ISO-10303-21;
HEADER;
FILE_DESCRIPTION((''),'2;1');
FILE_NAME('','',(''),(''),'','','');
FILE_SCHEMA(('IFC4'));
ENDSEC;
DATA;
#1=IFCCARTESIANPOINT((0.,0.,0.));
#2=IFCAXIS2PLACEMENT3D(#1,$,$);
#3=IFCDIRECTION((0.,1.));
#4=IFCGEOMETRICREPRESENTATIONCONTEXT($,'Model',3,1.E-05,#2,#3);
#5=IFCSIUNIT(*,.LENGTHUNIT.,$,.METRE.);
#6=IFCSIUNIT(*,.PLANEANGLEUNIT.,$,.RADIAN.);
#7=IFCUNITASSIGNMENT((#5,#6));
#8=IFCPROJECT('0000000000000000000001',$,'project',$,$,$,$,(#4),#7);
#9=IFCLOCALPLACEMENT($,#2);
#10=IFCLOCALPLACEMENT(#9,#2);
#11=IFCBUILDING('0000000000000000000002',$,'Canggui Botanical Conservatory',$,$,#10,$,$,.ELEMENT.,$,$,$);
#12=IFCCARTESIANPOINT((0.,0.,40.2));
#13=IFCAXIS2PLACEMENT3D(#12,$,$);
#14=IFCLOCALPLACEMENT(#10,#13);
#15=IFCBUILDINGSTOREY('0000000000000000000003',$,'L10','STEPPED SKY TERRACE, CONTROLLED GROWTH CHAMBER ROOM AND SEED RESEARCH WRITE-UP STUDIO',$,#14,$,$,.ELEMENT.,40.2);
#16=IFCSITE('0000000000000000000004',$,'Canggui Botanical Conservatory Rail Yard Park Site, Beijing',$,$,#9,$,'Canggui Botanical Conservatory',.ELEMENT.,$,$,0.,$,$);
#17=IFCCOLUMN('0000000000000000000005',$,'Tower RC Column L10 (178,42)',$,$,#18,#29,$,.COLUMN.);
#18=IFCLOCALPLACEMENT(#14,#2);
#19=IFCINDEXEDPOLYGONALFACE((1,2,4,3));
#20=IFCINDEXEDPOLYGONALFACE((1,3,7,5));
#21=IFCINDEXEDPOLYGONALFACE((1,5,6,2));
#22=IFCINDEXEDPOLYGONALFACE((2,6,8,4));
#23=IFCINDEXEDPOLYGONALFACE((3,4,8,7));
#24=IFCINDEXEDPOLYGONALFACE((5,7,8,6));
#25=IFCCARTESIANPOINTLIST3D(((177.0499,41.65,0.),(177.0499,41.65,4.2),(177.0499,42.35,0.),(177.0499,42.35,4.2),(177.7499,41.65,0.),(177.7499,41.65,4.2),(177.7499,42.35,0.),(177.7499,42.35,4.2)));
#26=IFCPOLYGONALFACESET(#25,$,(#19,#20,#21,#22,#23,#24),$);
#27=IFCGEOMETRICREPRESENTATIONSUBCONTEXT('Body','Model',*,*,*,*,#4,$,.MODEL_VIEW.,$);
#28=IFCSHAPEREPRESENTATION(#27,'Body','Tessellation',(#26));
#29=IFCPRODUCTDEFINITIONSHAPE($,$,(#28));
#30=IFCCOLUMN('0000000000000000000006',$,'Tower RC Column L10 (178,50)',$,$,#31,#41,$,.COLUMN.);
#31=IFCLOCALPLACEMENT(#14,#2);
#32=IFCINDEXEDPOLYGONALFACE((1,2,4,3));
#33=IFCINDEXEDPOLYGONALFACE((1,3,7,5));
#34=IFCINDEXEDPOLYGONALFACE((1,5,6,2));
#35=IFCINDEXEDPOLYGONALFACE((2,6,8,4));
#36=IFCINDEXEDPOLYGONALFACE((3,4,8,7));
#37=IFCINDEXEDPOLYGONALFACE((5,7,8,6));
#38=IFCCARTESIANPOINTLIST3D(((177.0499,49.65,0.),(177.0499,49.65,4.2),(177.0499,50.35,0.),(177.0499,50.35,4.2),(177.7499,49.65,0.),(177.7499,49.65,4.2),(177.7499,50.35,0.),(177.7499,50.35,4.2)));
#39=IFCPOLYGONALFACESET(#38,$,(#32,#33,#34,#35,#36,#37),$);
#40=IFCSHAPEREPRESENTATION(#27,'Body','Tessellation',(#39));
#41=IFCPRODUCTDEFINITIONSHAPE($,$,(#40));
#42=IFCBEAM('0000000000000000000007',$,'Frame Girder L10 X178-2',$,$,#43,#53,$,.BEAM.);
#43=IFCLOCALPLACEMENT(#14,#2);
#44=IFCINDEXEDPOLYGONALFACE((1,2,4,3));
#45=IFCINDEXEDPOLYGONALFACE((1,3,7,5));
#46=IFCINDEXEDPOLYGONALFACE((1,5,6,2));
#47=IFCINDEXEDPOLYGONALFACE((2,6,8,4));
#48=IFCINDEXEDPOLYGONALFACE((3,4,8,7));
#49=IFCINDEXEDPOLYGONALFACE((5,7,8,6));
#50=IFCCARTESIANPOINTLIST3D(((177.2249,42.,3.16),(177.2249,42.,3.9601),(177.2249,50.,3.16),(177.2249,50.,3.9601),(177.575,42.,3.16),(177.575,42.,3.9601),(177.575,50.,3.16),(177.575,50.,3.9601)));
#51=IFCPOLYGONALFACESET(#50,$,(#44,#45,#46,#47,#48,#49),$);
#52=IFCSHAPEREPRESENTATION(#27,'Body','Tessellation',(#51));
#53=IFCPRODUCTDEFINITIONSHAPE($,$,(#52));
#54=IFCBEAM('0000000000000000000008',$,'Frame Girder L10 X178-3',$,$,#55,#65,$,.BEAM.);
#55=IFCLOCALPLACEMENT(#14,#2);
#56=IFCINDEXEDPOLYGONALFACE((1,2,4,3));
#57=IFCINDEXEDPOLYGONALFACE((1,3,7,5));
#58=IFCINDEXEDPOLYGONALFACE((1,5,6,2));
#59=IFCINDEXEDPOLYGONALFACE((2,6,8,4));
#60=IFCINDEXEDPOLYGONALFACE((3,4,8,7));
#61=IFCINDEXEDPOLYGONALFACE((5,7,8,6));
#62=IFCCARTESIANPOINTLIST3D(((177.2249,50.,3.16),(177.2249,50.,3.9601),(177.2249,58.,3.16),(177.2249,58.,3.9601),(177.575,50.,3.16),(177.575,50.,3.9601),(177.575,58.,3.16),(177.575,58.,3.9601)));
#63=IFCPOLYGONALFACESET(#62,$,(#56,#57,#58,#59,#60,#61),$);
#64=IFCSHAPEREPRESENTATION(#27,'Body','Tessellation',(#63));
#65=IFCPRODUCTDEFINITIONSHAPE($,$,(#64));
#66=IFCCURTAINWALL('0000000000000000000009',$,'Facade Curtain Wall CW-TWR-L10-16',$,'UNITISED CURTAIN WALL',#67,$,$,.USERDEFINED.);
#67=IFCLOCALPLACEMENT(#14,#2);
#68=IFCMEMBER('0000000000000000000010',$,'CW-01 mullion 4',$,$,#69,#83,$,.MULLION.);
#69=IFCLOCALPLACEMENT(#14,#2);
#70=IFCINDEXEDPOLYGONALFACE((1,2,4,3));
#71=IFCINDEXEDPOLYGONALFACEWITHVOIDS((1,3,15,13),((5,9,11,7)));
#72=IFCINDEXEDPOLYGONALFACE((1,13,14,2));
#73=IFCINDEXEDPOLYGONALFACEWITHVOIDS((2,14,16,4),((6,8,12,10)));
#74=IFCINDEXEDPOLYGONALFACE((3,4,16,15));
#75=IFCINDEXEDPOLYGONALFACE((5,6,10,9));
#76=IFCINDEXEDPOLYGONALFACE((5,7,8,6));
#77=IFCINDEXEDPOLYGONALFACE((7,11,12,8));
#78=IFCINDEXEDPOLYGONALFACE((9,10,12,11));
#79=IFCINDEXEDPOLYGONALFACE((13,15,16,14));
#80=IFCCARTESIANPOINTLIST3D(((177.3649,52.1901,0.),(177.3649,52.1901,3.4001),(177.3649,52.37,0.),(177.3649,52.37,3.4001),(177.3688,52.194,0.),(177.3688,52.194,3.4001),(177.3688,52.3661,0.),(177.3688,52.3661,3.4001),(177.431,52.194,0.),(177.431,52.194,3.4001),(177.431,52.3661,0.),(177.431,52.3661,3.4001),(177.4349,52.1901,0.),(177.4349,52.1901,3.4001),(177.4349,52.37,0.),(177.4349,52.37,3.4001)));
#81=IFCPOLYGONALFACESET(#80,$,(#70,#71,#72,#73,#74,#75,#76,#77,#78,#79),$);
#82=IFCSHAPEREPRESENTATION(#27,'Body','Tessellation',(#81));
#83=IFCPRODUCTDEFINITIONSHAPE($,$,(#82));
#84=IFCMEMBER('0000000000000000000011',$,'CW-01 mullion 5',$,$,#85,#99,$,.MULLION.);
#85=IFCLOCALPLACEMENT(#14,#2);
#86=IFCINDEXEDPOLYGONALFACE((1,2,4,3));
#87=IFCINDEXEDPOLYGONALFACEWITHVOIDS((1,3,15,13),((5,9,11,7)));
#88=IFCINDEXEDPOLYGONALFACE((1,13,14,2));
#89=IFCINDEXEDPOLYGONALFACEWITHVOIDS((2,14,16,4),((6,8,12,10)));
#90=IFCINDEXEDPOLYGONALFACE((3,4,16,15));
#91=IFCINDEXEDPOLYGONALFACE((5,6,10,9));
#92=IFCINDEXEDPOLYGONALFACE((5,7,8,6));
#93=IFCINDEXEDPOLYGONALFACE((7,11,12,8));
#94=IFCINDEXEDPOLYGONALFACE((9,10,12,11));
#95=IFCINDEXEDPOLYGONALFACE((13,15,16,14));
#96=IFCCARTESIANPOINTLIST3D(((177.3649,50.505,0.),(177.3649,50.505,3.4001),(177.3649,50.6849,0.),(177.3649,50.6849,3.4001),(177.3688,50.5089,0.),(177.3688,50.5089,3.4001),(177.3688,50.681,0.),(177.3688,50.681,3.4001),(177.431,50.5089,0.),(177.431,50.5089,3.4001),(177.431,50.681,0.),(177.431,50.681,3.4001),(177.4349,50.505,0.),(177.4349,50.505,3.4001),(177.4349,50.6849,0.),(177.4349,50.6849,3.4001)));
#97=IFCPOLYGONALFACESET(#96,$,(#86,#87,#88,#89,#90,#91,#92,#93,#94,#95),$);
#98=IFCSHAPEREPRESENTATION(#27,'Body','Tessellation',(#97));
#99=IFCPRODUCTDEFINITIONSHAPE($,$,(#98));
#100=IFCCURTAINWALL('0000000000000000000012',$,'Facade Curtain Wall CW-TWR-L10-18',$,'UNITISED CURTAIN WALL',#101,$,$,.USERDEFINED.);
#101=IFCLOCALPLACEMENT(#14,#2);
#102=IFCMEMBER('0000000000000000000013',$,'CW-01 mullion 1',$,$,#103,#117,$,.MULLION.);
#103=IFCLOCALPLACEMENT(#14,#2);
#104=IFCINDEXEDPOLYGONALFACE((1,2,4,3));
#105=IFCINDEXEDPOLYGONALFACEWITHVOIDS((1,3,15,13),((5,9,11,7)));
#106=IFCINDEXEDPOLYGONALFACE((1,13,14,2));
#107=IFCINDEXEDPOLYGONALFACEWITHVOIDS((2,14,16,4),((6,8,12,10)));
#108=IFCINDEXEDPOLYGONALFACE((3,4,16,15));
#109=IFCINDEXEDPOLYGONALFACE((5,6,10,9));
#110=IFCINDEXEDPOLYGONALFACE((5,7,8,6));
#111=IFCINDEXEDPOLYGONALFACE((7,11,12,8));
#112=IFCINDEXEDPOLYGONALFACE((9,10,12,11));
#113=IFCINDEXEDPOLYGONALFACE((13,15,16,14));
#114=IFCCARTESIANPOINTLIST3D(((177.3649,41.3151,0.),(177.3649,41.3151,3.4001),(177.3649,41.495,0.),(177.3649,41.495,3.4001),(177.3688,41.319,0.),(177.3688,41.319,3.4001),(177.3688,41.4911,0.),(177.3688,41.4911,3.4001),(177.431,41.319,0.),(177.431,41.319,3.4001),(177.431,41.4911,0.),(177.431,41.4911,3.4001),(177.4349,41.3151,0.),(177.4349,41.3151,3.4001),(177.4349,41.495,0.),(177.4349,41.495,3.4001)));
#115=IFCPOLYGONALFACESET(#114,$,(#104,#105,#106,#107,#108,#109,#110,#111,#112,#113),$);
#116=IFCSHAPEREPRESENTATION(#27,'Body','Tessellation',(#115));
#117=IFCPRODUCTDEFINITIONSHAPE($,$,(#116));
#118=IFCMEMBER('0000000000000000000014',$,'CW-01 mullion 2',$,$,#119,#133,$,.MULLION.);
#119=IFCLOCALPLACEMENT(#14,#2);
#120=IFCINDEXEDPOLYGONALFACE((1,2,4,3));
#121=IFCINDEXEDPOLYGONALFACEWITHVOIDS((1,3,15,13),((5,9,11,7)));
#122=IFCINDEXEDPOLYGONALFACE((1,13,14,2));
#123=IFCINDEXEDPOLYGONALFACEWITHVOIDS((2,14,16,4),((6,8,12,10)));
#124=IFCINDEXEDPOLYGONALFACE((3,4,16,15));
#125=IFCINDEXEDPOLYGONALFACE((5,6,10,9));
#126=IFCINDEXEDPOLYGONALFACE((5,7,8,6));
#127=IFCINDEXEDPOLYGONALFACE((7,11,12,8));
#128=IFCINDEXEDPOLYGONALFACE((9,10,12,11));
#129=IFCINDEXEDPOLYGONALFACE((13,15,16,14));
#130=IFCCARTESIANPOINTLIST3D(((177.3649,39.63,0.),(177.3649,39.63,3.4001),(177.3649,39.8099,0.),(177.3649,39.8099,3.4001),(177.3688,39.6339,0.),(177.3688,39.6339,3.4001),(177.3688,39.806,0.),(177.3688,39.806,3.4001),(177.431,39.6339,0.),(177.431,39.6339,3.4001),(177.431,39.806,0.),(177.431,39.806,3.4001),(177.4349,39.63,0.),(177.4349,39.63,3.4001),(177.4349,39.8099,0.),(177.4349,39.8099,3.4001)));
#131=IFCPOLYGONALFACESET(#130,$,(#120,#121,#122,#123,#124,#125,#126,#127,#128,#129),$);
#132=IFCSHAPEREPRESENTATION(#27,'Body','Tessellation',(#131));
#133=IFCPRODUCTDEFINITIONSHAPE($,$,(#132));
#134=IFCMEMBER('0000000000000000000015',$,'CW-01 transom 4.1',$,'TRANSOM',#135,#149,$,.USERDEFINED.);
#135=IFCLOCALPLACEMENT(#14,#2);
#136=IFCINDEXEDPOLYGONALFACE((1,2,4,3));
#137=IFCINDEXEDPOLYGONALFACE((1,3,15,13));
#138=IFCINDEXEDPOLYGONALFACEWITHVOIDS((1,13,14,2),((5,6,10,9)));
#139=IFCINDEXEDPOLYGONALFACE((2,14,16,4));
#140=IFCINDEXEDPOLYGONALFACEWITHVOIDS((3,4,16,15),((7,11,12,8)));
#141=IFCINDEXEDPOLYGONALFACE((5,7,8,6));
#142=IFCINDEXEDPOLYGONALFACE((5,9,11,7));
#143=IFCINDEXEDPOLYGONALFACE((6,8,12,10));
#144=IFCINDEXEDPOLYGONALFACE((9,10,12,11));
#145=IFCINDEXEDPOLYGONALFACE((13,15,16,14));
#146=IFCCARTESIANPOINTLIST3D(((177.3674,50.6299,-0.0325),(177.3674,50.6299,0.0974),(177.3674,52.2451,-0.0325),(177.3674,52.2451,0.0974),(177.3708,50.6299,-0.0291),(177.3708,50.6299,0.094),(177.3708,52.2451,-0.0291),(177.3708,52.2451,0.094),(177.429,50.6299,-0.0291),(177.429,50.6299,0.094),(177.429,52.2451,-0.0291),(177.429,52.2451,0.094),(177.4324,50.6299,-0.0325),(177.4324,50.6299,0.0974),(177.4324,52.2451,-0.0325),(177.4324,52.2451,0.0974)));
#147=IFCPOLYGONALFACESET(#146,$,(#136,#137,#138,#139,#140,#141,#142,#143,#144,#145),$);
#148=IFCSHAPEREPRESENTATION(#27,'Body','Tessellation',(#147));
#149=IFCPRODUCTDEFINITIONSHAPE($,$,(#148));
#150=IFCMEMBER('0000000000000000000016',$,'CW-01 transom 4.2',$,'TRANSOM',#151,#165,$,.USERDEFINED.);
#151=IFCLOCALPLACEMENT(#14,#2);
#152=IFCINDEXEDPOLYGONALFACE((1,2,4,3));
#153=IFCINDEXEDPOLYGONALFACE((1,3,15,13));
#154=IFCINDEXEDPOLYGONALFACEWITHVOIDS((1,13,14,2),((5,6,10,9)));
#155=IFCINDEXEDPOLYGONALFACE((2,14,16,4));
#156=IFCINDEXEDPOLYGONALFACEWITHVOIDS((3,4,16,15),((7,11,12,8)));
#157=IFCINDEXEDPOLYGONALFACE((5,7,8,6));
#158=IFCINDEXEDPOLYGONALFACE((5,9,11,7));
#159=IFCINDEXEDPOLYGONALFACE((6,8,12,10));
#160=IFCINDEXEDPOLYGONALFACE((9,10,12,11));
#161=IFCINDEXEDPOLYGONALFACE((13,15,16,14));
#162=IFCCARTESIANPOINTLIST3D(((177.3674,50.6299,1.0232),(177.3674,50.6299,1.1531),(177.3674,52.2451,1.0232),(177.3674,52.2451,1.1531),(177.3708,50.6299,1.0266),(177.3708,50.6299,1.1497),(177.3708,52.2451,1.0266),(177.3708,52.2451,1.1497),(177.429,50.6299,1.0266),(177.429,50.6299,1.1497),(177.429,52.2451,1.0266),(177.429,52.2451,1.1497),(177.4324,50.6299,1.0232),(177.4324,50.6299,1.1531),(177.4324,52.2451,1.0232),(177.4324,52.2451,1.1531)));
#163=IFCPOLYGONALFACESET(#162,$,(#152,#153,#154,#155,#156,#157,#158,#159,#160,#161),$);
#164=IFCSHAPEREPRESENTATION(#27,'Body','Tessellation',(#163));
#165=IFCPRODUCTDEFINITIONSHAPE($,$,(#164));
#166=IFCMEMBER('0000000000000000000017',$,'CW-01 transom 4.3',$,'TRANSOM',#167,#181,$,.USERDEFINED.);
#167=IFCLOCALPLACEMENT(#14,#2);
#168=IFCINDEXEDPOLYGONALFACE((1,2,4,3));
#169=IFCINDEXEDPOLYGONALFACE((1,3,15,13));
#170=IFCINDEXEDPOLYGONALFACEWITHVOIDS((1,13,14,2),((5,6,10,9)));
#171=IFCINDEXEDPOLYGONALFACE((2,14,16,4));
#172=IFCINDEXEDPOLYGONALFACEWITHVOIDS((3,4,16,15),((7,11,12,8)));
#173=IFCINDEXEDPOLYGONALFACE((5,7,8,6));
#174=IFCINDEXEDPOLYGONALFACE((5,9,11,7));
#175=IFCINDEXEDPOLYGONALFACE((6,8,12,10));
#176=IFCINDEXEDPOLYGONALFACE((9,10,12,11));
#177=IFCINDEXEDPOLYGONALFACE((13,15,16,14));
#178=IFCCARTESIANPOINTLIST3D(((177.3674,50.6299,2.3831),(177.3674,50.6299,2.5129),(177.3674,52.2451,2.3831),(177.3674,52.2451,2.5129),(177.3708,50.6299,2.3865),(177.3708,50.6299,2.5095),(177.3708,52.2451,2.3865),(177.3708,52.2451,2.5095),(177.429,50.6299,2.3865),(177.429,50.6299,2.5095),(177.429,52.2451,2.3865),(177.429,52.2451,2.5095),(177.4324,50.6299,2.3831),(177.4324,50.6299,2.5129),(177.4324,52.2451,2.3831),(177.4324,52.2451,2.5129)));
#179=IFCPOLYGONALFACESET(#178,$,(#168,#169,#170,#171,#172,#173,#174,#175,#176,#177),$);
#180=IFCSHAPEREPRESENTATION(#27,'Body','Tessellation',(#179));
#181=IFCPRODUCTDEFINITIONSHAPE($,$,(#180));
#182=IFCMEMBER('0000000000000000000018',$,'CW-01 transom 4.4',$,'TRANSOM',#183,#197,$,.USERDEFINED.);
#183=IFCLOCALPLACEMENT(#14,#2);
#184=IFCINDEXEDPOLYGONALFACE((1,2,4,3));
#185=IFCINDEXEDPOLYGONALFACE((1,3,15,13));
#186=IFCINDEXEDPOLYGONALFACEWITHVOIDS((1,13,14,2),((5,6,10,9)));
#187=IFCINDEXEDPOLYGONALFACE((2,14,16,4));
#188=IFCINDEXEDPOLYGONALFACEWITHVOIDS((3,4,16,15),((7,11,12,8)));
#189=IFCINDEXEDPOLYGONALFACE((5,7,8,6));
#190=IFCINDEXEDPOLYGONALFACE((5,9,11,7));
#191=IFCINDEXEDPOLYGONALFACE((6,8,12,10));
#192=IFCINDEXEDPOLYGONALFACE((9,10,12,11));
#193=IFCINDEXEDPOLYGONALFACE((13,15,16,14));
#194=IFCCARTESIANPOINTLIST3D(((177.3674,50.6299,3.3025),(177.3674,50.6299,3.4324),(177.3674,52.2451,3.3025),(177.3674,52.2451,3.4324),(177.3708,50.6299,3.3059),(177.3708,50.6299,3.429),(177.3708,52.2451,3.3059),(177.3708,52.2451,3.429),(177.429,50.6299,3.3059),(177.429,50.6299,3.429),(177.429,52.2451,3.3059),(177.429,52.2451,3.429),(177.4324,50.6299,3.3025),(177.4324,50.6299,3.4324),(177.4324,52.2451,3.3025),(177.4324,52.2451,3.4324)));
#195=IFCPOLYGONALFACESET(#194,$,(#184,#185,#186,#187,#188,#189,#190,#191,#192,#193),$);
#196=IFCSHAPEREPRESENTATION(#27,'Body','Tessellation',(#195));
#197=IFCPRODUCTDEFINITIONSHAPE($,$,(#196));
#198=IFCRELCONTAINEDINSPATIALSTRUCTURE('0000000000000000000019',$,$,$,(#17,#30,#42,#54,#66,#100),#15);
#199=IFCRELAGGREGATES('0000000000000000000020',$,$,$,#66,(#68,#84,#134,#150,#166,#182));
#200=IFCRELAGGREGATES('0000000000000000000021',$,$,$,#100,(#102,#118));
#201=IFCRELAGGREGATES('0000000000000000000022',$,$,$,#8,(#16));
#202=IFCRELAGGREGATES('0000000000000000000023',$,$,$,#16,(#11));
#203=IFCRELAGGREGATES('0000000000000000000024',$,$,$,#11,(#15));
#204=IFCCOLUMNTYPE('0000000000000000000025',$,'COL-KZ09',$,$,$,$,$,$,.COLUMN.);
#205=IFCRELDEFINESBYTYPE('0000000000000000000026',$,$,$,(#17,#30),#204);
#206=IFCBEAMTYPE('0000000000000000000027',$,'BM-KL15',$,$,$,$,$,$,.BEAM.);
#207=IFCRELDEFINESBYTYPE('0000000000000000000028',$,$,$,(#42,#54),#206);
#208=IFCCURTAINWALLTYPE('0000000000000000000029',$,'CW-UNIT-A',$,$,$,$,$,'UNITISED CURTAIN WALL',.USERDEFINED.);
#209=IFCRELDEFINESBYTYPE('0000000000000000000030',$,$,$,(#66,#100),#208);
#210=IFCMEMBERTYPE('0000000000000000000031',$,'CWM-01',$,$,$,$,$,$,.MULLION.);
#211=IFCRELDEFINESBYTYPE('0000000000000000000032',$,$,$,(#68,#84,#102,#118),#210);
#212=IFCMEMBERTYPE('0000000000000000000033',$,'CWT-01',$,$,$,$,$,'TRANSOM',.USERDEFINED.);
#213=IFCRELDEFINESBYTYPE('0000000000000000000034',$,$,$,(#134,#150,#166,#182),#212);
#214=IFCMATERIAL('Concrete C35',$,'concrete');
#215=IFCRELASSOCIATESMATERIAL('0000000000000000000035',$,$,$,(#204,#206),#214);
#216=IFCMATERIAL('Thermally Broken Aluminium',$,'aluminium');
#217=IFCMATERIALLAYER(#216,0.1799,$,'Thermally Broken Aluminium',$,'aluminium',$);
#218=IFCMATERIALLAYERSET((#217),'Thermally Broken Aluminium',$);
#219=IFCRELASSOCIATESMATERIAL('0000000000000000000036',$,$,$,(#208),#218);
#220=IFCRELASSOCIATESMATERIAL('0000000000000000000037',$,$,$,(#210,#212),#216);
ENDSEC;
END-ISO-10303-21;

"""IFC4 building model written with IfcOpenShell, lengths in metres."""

from ifc_helpers import new_model, si_unit, direction, frame, origin, origin_2d, place, context, subcontext, project, spatial, rectangle, hollow_rectangle, extrude, material, layer, layer_set, material_profile, profile_set, type_object, element, aggregate, save


model = new_model("IFC4")

# Units and contexts
model_context = context("Model", 3, precision=1e-05, world=origin(), true_north=direction((0.0, 1.0)))
body_context = subcontext(model_context, "Body", "Model", "MODEL_VIEW")
ifc_project = project(units=[si_unit("LENGTHUNIT", "METRE"), si_unit("PLANEANGLEUNIT", "RADIAN")], contexts=[model_context])

# Site, building, storey
site_placement = place(None, origin())
site = spatial("IfcSite", under=ifc_project, at=site_placement, Name="Canggui Botanical Conservatory Rail Yard Park Site, Beijing", LongName="Canggui Botanical Conservatory", CompositionType="ELEMENT", RefElevation=0.0)
building_placement = place(site_placement, origin())
building = spatial("IfcBuilding", under=site, at=building_placement, Name="Canggui Botanical Conservatory", CompositionType="ELEMENT")
storey_placement = place(building_placement, frame((0.0, 0.0, 40.2)))
storey = spatial("IfcBuildingStorey", under=building, at=storey_placement, Name="L10", Description="STEPPED SKY TERRACE, CONTROLLED GROWTH CHAMBER ROOM AND SEED RESEARCH WRITE-UP STUDIO", CompositionType="ELEMENT", Elevation=40.2)

# Columns
ifc_material_1 = material(Name="Concrete C35", Category="concrete")
ifc_material_profile_1 = material_profile(ifc_material_1, rectangle(XDim=0.7, YDim=0.7, at=origin_2d()), Name="RC 700x700")
ifc_profile_set_1 = profile_set([ifc_material_profile_1], Name="Concrete C35")
column_type = type_object("IfcColumnType", Name="COL-KZ09", PredefinedType="COLUMN", material=ifc_profile_set_1)
for number, where, z_axis, x_axis, name in (
    (1, (177.3999, 42.0, 0.0), (0.0, 0.0, 1.0), (1.0, 0.0, 0.0), "Tower RC Column L10 (178,42)"),
    (2, (177.3999, 50.0, 0.0), (0.0, 0.0, 1.0), (1.0, 0.0, 0.0), "Tower RC Column L10 (178,50)"),
):
    element("IfcColumn", number, at=place(storey_placement, frame(where, z_axis=z_axis, x_axis=x_axis)), inside=storey, type_object=column_type, Name=name, PredefinedType="COLUMN", context=body_context, shape_type="SweptSolid", body=[
        extrude(rectangle(XDim=0.7, YDim=0.7, at=origin_2d()), origin(), (0.0, 0.0, 1.0), 4.2),
    ])

# Beams
ifc_material_profile_2 = material_profile(ifc_material_1, rectangle(XDim=0.3501, YDim=0.8, at=origin_2d()), Name="RB 350x800")
ifc_profile_set_2 = profile_set([ifc_material_profile_2], Name="Concrete C35")
beam_type = type_object("IfcBeamType", Name="BM-KL15", PredefinedType="BEAM", material=ifc_profile_set_2)
for number, where, z_axis, x_axis, name in (
    (3, (177.3999, 42.0, 3.5601), (0.0, 1.0, 0.0), (-1.0, 0.0, 0.0), "Frame Girder L10 X178-2"),
    (4, (177.3999, 50.0, 3.5601), (0.0, 1.0, 0.0), (-1.0, 0.0, 0.0), "Frame Girder L10 X178-3"),
):
    element("IfcBeam", number, at=place(storey_placement, frame(where, z_axis=z_axis, x_axis=x_axis)), inside=storey, type_object=beam_type, Name=name, PredefinedType="BEAM", context=body_context, shape_type="SweptSolid", body=[
        extrude(rectangle(XDim=0.3501, YDim=0.8, at=origin_2d()), origin(), (0.0, 0.0, 1.0), 8.0),
    ])

# Curtain walls, members
ifc_material_2 = material(Name="Thermally Broken Aluminium", Category="aluminium")
ifc_layer_1 = layer(ifc_material_2, 0.1799, Name="Thermally Broken Aluminium", Category="aluminium")
ifc_layer_set_1 = layer_set([ifc_layer_1], Name="Thermally Broken Aluminium")
curtain_wall_type = type_object("IfcCurtainWallType", Name="CW-UNIT-A", ElementType="UNITISED CURTAIN WALL", PredefinedType="USERDEFINED", material=ifc_layer_set_1)
curtain_wall_1_placement = place(storey_placement, origin())
curtain_wall_1 = element("IfcCurtainWall", 5, at=curtain_wall_1_placement, inside=storey, type_object=curtain_wall_type, Name="Facade Curtain Wall CW-TWR-L10-16", ObjectType="UNITISED CURTAIN WALL", PredefinedType="USERDEFINED")
ifc_material_profile_3 = material_profile(ifc_material_2, hollow_rectangle(XDim=0.0701, YDim=0.1799, WallThickness=0.0039, at=origin_2d()), Name="CWM 70x180x4")
ifc_profile_set_3 = profile_set([ifc_material_profile_3], Name="Thermally Broken Aluminium")
member_type_1 = type_object("IfcMemberType", Name="CWM-01", PredefinedType="MULLION", material=ifc_profile_set_3)
member_1_placement = place(storey_placement, frame((177.3999, 52.28, 0.0), z_axis=(0.0, 0.0, 1.0), x_axis=(1.0, 0.0, 0.0)))
member_1 = element("IfcMember", 6, at=member_1_placement, type_object=member_type_1, Name="CW-01 mullion 4", PredefinedType="MULLION", context=body_context, shape_type="SweptSolid", body=[
    extrude(hollow_rectangle(XDim=0.0701, YDim=0.1799, WallThickness=0.0039, at=origin_2d()), origin(), (0.0, 0.0, 1.0), 3.4001),
])
member_2_placement = place(storey_placement, frame((177.3999, 50.595, 0.0), z_axis=(0.0, 0.0, 1.0), x_axis=(1.0, 0.0, 0.0)))
member_2 = element("IfcMember", 7, at=member_2_placement, type_object=member_type_1, Name="CW-01 mullion 5", PredefinedType="MULLION", context=body_context, shape_type="SweptSolid", body=[
    extrude(hollow_rectangle(XDim=0.0701, YDim=0.1799, WallThickness=0.0039, at=origin_2d()), origin(), (0.0, 0.0, 1.0), 3.4001),
])
curtain_wall_2_placement = place(storey_placement, origin())
curtain_wall_2 = element("IfcCurtainWall", 8, at=curtain_wall_2_placement, inside=storey, type_object=curtain_wall_type, Name="Facade Curtain Wall CW-TWR-L10-18", ObjectType="UNITISED CURTAIN WALL", PredefinedType="USERDEFINED")
member_3_placement = place(storey_placement, frame((177.3999, 41.405, 0.0), z_axis=(0.0, 0.0, 1.0), x_axis=(1.0, 0.0, 0.0)))
member_3 = element("IfcMember", 9, at=member_3_placement, type_object=member_type_1, Name="CW-01 mullion 1", PredefinedType="MULLION", context=body_context, shape_type="SweptSolid", body=[
    extrude(hollow_rectangle(XDim=0.0701, YDim=0.1799, WallThickness=0.0039, at=origin_2d()), origin(), (0.0, 0.0, 1.0), 3.4001),
])
member_4_placement = place(storey_placement, frame((177.3999, 39.72, 0.0), z_axis=(0.0, 0.0, 1.0), x_axis=(1.0, 0.0, 0.0)))
member_4 = element("IfcMember", 10, at=member_4_placement, type_object=member_type_1, Name="CW-01 mullion 2", PredefinedType="MULLION", context=body_context, shape_type="SweptSolid", body=[
    extrude(hollow_rectangle(XDim=0.0701, YDim=0.1799, WallThickness=0.0039, at=origin_2d()), origin(), (0.0, 0.0, 1.0), 3.4001),
])

# Members
ifc_material_profile_4 = material_profile(ifc_material_2, hollow_rectangle(XDim=0.0649, YDim=0.1299, WallThickness=0.0034, at=origin_2d()), Name="CWT 65x130x3.5")
ifc_profile_set_4 = profile_set([ifc_material_profile_4], Name="Thermally Broken Aluminium")
member_type_2 = type_object("IfcMemberType", Name="CWT-01", ElementType="TRANSOM", PredefinedType="USERDEFINED", material=ifc_profile_set_4)
member_5_placement = place(storey_placement, frame((177.3999, 52.2451, 0.0325), z_axis=(0.0, -1.0, 0.0), x_axis=(1.0, 0.0, 0.0)))
member_5 = element("IfcMember", 11, at=member_5_placement, type_object=member_type_2, Name="CW-01 transom 4.1", ObjectType="TRANSOM", PredefinedType="USERDEFINED", context=body_context, shape_type="SweptSolid", body=[
    extrude(hollow_rectangle(XDim=0.0649, YDim=0.1299, WallThickness=0.0034, at=origin_2d()), origin(), (0.0, 0.0, 1.0), 1.6152),
])
member_6_placement = place(storey_placement, frame((177.3999, 52.2451, 1.0881), z_axis=(0.0, -1.0, 0.0), x_axis=(1.0, 0.0, 0.0)))
member_6 = element("IfcMember", 12, at=member_6_placement, type_object=member_type_2, Name="CW-01 transom 4.2", ObjectType="TRANSOM", PredefinedType="USERDEFINED", context=body_context, shape_type="SweptSolid", body=[
    extrude(hollow_rectangle(XDim=0.0649, YDim=0.1299, WallThickness=0.0034, at=origin_2d()), origin(), (0.0, 0.0, 1.0), 1.6152),
])
member_7_placement = place(storey_placement, frame((177.3999, 52.2451, 2.448), z_axis=(0.0, -1.0, 0.0), x_axis=(1.0, 0.0, 0.0)))
member_7 = element("IfcMember", 13, at=member_7_placement, type_object=member_type_2, Name="CW-01 transom 4.3", ObjectType="TRANSOM", PredefinedType="USERDEFINED", context=body_context, shape_type="SweptSolid", body=[
    extrude(hollow_rectangle(XDim=0.0649, YDim=0.1299, WallThickness=0.0034, at=origin_2d()), origin(), (0.0, 0.0, 1.0), 1.6152),
])
member_8_placement = place(storey_placement, frame((177.3999, 52.2451, 3.3674), z_axis=(0.0, -1.0, 0.0), x_axis=(1.0, 0.0, 0.0)))
member_8 = element("IfcMember", 14, at=member_8_placement, type_object=member_type_2, Name="CW-01 transom 4.4", ObjectType="TRANSOM", PredefinedType="USERDEFINED", context=body_context, shape_type="SweptSolid", body=[
    extrude(hollow_rectangle(XDim=0.0649, YDim=0.1299, WallThickness=0.0034, at=origin_2d()), origin(), (0.0, 0.0, 1.0), 1.6152),
])

aggregate(curtain_wall_1, [member_1, member_2, member_5, member_6, member_7, member_8])
aggregate(curtain_wall_2, [member_3, member_4])

save(model, "model.ifc")
